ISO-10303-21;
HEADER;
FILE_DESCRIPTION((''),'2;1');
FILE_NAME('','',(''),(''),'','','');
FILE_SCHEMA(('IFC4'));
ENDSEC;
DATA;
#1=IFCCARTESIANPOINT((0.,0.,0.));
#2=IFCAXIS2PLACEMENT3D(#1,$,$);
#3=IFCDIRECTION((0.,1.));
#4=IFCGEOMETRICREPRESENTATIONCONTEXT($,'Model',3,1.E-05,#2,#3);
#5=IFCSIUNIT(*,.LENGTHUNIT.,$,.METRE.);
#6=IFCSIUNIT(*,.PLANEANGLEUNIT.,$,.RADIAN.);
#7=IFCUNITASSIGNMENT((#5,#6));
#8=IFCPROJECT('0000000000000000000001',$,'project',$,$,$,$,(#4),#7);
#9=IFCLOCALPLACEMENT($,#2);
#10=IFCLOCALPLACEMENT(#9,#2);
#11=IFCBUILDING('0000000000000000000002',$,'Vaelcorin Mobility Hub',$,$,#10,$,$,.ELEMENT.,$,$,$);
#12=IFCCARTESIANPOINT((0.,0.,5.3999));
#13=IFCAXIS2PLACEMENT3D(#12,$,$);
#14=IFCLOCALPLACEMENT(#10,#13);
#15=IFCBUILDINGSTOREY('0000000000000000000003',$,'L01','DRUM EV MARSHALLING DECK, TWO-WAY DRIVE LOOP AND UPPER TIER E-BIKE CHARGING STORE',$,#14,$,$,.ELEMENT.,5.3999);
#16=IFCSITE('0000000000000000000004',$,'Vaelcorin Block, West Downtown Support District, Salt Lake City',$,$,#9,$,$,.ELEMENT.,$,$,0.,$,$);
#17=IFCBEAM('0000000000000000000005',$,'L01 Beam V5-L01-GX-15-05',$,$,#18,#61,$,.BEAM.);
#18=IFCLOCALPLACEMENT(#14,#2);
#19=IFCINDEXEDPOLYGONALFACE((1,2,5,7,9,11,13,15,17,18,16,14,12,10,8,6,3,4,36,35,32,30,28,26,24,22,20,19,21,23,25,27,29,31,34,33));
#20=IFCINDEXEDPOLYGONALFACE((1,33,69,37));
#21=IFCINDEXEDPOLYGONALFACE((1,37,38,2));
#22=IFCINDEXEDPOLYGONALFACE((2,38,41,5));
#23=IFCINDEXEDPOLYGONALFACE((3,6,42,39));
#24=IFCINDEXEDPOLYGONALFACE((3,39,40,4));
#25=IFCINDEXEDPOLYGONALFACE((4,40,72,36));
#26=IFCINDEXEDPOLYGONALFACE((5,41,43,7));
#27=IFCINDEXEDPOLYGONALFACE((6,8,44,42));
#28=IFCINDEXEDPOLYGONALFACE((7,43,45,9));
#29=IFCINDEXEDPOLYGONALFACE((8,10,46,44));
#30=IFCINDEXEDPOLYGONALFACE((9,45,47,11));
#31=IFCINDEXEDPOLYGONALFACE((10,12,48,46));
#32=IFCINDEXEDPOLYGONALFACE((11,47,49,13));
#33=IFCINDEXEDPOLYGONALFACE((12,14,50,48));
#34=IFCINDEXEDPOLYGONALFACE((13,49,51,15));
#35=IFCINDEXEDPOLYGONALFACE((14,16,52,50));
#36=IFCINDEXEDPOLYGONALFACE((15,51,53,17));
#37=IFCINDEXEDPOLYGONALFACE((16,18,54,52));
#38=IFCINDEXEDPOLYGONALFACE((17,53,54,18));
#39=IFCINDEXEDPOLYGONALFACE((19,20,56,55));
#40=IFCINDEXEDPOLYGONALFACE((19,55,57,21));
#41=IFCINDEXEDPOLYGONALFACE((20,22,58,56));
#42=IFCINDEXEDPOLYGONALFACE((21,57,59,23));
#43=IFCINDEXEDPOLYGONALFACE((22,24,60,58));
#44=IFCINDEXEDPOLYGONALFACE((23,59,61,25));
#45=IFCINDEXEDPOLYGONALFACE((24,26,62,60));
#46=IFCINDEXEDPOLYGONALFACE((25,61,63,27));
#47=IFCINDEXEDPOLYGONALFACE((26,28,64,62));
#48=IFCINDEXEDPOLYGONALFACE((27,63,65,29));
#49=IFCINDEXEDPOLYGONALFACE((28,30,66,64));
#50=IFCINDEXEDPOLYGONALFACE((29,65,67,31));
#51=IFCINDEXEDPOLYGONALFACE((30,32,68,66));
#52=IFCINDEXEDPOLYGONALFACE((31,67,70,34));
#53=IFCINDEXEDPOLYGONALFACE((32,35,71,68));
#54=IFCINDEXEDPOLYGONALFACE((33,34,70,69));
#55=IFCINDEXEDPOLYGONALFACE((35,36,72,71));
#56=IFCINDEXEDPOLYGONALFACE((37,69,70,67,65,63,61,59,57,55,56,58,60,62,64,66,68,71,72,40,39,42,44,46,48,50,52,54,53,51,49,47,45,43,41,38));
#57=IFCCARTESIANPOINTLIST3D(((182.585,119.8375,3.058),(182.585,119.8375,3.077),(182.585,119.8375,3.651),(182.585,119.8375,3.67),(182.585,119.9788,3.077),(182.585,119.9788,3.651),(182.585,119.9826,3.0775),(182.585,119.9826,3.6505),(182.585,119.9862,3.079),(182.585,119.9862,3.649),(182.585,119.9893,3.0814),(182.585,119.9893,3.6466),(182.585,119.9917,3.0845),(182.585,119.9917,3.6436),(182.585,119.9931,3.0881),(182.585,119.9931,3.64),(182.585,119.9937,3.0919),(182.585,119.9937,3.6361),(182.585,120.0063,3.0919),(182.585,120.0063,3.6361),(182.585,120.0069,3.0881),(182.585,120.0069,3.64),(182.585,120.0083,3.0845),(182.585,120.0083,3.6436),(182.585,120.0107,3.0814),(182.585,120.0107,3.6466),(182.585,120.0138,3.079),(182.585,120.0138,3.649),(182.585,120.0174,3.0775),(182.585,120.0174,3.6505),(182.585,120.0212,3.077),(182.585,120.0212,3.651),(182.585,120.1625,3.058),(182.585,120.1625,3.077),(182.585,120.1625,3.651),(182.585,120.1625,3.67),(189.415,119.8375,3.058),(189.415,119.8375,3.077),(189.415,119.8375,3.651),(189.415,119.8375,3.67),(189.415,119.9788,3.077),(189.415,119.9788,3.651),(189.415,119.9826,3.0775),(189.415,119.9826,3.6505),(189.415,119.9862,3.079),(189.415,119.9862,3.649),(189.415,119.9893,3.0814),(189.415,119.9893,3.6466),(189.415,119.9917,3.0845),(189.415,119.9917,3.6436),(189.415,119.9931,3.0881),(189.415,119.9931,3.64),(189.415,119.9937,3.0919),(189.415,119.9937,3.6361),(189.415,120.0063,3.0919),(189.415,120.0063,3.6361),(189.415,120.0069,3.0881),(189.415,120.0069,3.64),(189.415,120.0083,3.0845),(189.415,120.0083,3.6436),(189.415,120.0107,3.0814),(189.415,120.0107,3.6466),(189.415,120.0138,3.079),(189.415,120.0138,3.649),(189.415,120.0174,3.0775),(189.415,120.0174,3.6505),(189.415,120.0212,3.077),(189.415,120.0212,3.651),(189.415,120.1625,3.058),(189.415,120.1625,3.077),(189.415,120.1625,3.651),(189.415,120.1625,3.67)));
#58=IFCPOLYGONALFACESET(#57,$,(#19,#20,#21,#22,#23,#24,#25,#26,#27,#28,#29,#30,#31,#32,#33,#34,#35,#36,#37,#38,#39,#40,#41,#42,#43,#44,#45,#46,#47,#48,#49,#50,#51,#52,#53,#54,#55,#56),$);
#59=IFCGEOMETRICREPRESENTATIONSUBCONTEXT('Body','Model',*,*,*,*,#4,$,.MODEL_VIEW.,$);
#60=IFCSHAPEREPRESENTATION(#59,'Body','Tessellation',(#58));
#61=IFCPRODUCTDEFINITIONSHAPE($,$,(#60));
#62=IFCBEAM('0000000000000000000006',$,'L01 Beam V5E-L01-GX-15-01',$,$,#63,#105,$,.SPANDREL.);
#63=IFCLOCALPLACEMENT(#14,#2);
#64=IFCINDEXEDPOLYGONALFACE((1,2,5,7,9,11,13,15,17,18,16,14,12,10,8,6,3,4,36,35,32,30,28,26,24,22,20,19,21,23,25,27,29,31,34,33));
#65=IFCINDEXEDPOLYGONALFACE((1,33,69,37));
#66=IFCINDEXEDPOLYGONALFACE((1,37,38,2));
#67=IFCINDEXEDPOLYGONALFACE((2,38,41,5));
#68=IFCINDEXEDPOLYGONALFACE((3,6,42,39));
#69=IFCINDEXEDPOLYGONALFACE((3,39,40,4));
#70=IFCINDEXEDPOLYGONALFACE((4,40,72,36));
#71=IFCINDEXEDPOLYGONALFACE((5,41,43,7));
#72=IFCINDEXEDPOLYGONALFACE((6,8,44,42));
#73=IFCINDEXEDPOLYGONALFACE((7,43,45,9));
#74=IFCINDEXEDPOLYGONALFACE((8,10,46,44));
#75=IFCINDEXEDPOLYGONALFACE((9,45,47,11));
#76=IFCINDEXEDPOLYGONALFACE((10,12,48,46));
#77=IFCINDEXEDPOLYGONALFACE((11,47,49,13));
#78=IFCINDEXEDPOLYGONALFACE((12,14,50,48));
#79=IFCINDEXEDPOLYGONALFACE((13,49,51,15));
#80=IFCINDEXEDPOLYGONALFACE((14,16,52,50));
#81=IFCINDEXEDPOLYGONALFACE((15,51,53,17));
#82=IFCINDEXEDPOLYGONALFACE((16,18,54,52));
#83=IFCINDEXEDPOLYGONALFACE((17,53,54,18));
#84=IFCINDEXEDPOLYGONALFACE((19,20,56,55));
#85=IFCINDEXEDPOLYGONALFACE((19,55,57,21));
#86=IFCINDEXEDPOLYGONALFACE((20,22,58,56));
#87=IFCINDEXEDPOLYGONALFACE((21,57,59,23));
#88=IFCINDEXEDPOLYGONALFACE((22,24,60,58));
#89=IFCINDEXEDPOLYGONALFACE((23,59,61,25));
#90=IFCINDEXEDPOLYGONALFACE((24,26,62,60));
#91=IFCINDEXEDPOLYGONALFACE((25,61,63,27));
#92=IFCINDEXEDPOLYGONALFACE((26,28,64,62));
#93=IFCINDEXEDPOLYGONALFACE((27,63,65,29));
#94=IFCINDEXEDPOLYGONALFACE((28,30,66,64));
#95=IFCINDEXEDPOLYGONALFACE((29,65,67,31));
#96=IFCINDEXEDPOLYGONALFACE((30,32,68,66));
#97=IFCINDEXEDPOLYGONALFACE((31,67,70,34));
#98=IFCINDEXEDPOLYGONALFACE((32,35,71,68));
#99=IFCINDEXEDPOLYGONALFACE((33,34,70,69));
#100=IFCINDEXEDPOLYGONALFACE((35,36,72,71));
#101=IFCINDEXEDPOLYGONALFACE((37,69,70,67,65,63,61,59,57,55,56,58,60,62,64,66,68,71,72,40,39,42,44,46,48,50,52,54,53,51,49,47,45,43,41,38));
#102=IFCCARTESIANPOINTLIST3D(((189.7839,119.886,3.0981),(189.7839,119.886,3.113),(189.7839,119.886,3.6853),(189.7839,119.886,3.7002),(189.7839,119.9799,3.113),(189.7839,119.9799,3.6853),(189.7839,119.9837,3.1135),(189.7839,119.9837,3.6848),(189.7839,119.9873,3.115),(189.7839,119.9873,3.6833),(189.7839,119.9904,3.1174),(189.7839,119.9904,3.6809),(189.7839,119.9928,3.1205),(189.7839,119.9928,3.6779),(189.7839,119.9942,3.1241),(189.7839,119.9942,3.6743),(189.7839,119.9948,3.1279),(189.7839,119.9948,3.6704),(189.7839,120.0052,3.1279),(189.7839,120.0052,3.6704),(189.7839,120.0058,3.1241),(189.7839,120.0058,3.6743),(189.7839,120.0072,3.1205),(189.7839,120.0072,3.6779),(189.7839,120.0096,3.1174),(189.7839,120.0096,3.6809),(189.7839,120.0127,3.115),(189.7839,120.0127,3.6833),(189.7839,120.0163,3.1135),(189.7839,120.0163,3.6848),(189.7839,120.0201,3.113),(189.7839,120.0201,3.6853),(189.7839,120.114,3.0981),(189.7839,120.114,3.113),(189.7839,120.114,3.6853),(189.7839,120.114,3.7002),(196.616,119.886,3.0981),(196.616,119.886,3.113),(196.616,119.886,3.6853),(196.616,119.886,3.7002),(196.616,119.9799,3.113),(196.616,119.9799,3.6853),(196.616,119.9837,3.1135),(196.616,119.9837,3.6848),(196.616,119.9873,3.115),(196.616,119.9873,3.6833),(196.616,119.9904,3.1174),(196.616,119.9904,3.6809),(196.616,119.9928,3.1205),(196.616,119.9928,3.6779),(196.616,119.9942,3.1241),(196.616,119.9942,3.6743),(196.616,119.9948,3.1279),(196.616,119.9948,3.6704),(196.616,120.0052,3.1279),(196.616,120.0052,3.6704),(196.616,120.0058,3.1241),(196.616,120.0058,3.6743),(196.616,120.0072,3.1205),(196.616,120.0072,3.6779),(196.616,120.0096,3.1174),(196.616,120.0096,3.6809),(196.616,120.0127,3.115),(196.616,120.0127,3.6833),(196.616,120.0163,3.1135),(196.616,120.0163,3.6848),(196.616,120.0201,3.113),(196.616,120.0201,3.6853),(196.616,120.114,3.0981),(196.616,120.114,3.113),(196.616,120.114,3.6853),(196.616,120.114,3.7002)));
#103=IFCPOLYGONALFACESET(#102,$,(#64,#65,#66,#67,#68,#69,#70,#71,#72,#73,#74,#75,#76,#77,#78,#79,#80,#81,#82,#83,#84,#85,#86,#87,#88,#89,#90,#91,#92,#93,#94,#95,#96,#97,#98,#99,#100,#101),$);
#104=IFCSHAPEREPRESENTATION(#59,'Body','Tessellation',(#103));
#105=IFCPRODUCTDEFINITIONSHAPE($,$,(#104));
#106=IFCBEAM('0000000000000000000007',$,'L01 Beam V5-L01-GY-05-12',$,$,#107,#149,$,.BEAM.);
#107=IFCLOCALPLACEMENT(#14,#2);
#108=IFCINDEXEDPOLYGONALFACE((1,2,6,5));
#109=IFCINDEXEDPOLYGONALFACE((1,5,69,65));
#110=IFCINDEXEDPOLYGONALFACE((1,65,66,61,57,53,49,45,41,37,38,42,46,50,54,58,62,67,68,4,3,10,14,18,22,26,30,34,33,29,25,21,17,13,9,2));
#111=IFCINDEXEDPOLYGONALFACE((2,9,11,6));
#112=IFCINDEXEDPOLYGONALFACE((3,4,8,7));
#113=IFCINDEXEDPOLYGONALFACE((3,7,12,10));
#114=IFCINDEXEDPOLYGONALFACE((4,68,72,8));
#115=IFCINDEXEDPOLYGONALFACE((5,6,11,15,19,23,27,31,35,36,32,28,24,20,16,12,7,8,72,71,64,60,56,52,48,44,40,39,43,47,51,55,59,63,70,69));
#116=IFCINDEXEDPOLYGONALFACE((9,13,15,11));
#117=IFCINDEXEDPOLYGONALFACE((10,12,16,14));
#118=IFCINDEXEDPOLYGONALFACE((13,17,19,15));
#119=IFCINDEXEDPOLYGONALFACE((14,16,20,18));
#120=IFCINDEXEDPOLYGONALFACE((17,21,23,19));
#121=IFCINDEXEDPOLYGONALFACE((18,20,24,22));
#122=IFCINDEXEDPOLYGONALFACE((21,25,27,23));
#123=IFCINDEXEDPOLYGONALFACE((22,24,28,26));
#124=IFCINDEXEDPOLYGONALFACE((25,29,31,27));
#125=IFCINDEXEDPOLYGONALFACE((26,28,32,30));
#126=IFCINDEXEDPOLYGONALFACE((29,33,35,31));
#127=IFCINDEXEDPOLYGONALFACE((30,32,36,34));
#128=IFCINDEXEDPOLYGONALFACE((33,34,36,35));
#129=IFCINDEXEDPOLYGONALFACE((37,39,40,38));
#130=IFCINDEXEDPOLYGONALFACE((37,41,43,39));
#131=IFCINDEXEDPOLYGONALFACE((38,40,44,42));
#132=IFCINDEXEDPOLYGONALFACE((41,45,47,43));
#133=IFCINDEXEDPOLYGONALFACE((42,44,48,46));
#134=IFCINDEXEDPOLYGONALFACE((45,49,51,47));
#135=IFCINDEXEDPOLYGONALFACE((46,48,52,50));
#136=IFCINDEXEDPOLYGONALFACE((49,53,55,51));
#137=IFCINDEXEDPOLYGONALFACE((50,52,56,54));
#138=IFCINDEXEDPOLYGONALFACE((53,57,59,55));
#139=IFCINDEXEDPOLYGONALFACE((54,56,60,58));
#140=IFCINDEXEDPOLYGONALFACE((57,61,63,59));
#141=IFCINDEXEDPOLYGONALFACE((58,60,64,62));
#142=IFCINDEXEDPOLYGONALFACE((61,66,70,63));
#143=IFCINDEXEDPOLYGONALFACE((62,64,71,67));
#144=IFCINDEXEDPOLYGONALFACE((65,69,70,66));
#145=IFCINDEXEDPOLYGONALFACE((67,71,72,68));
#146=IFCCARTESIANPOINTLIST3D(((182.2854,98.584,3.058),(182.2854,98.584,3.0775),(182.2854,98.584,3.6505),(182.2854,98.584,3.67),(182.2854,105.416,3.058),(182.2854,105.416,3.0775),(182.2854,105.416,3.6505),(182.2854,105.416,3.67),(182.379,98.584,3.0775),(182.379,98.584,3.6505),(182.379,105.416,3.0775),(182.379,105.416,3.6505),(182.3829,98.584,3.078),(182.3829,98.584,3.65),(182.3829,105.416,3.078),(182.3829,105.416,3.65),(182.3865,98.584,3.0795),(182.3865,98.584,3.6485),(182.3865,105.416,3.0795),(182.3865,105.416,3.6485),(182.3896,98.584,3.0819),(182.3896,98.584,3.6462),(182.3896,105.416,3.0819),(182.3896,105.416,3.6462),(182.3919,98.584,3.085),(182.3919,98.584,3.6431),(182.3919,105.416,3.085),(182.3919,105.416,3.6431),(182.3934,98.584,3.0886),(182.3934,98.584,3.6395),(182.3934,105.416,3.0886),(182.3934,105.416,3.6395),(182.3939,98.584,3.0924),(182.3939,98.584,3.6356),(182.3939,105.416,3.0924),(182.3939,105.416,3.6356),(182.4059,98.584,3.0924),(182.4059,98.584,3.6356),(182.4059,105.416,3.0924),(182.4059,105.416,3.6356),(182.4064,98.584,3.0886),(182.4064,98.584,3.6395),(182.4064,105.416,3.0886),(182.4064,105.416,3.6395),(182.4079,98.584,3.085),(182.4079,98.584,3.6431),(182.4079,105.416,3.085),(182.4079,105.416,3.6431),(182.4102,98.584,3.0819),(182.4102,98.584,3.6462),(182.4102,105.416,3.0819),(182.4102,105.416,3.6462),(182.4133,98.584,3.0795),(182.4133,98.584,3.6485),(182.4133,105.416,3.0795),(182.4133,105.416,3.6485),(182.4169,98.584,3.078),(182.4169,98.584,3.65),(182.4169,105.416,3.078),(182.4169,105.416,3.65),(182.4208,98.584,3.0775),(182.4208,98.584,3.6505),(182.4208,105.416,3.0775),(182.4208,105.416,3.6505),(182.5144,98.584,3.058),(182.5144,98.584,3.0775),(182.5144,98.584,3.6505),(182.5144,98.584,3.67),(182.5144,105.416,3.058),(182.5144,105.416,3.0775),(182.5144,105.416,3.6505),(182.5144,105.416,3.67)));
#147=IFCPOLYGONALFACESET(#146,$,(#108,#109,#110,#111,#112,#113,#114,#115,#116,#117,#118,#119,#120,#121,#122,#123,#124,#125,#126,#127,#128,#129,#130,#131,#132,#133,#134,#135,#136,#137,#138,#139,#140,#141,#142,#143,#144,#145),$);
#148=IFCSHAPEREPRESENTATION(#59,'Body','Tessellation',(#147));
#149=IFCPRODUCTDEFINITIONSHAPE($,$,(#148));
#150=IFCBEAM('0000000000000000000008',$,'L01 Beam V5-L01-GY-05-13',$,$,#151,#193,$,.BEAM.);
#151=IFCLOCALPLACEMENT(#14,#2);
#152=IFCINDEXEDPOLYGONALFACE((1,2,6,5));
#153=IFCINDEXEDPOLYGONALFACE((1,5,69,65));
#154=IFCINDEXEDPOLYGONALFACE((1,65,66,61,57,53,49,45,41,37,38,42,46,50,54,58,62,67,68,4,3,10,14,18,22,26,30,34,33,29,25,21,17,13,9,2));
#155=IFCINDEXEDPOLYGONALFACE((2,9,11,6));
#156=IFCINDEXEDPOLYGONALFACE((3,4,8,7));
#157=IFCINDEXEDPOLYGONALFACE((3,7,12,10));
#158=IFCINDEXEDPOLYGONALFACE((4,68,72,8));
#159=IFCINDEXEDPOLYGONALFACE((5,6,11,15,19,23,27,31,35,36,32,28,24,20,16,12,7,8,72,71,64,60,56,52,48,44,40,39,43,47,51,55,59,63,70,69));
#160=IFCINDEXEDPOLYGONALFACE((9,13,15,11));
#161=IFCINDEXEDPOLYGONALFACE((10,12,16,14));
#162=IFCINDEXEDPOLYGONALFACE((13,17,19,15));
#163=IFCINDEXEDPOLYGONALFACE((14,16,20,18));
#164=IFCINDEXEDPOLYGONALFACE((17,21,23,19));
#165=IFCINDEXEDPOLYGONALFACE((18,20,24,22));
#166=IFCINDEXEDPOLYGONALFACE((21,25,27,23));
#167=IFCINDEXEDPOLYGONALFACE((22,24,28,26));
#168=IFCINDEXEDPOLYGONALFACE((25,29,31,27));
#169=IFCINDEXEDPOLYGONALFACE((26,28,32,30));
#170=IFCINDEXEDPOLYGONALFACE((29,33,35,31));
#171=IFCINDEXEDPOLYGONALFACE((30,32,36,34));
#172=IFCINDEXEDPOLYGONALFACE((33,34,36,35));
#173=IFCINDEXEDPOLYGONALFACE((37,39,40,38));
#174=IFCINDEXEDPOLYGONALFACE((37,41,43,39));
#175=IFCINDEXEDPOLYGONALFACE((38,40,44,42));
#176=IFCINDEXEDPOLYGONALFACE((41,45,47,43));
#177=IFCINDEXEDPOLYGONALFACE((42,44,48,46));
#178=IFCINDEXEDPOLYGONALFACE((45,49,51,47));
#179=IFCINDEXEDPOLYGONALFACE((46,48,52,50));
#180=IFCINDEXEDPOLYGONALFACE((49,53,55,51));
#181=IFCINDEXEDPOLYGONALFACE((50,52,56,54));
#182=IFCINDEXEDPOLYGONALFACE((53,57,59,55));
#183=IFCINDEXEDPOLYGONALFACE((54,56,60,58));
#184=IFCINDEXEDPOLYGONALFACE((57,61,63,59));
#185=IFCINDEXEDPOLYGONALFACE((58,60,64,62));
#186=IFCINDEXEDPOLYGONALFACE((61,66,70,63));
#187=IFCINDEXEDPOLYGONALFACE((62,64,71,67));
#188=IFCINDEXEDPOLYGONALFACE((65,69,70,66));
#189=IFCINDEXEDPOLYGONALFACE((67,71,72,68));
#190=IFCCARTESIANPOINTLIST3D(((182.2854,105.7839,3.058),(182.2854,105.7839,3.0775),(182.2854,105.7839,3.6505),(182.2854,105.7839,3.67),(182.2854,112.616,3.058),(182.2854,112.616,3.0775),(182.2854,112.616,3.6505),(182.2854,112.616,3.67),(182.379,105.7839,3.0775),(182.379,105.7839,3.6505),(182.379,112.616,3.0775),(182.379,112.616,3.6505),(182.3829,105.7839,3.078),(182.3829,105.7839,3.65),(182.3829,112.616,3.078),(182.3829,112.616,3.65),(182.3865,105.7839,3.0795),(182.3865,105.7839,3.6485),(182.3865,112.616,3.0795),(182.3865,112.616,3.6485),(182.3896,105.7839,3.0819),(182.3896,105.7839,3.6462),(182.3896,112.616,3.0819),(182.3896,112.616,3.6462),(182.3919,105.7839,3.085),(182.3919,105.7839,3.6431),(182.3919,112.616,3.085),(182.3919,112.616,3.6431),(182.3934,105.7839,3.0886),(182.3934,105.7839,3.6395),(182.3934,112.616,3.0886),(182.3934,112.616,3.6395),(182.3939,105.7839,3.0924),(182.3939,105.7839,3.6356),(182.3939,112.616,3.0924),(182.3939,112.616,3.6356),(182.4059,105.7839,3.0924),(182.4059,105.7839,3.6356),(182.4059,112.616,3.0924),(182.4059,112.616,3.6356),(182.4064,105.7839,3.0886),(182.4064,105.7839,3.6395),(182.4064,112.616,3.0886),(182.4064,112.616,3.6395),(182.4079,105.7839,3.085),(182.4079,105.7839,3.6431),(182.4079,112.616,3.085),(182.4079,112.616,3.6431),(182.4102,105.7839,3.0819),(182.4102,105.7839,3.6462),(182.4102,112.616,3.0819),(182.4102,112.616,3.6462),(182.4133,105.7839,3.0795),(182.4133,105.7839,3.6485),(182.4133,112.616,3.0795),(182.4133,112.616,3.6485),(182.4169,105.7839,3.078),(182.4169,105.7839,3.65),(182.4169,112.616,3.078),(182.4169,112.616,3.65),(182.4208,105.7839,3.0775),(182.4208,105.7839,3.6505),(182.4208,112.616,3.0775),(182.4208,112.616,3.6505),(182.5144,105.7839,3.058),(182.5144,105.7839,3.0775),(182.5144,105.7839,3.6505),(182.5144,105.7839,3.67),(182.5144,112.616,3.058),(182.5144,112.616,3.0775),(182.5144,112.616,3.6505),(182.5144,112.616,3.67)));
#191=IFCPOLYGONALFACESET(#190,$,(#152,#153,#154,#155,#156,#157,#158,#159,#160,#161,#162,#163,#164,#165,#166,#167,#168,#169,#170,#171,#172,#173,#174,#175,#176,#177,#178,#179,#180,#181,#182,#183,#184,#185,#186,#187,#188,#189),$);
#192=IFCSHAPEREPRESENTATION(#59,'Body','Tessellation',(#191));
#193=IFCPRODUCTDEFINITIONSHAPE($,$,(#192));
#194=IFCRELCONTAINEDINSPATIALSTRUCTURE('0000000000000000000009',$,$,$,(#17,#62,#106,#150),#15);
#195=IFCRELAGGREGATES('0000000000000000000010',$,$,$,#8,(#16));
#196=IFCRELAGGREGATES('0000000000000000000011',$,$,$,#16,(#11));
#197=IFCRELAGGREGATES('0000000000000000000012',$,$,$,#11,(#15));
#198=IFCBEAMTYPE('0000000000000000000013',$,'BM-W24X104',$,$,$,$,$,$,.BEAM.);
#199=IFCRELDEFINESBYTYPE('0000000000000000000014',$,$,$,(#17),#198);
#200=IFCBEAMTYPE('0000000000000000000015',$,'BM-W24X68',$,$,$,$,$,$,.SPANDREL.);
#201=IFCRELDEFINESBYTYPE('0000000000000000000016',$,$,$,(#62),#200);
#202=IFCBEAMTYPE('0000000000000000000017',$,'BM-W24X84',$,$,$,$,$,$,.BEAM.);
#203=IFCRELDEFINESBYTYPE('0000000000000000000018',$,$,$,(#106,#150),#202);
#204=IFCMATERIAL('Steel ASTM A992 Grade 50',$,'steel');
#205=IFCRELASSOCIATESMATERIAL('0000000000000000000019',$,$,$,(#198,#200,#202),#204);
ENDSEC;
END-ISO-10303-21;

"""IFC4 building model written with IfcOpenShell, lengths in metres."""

from ifc_helpers import new_model, si_unit, direction, frame, origin, origin_2d, place, context, subcontext, project, spatial, i_section, extrude, material, material_profile, profile_set, type_object, element, save


model = new_model("IFC4")

# Units and contexts
model_context = context("Model", 3, precision=1e-05, world=origin(), true_north=direction((0.0, 1.0)))
body_context = subcontext(model_context, "Body", "Model", "MODEL_VIEW")
ifc_project = project(units=[si_unit("LENGTHUNIT", "METRE"), si_unit("PLANEANGLEUNIT", "RADIAN")], contexts=[model_context])

# Site, building, storey
site_placement = place(None, origin())
site = spatial("IfcSite", under=ifc_project, at=site_placement, Name="Vaelcorin Block, West Downtown Support District, Salt Lake City", CompositionType="ELEMENT", RefElevation=0.0)
building_placement = place(site_placement, origin())
building = spatial("IfcBuilding", under=site, at=building_placement, Name="Vaelcorin Mobility Hub", CompositionType="ELEMENT")
storey_placement = place(building_placement, frame((0.0, 0.0, 5.3999)))
storey = spatial("IfcBuildingStorey", under=building, at=storey_placement, Name="L01", Description="DRUM EV MARSHALLING DECK, TWO-WAY DRIVE LOOP AND UPPER TIER E-BIKE CHARGING STORE", CompositionType="ELEMENT", Elevation=5.3999)

# Shared definitions
ifc_material_1 = material(Name="Steel ASTM A992 Grade 50", Category="steel")

# Beams
ifc_material_profile_1 = material_profile(ifc_material_1, i_section(OverallWidth=0.325, OverallDepth=0.6121, WebThickness=0.0127, FlangeThickness=0.019, FilletRadius=0.0149, at=origin_2d()), Name="W24X104")
ifc_profile_set_1 = profile_set([ifc_material_profile_1], Name="Steel ASTM A992 Grade 50")
beam_type_1 = type_object("IfcBeamType", Name="BM-W24X104", PredefinedType="BEAM", material=ifc_profile_set_1)
for number, where, z_axis, x_axis, name in (
    (1, (182.585, 120.0, 3.364), (1.0, 0.0, 0.0), (0.0, 1.0, 0.0), "L01 Beam V5-L01-GX-15-05"),
):
    element("IfcBeam", number, at=place(storey_placement, frame(where, z_axis=z_axis, x_axis=x_axis)), inside=storey, type_object=beam_type_1, Name=name, PredefinedType="BEAM", context=body_context, shape_type="SweptSolid", body=[
        extrude(i_section(OverallWidth=0.325, OverallDepth=0.6121, WebThickness=0.0127, FlangeThickness=0.019, FilletRadius=0.0149, at=origin_2d()), origin(), (0.0, 0.0, 1.0), 6.8301),
    ])
ifc_material_profile_2 = material_profile(ifc_material_1, i_section(OverallWidth=0.228, OverallDepth=0.6021, WebThickness=0.0105, FlangeThickness=0.0149, FilletRadius=0.0149, at=origin_2d()), Name="W24X68")
ifc_profile_set_2 = profile_set([ifc_material_profile_2], Name="Steel ASTM A992 Grade 50")
beam_type_2 = type_object("IfcBeamType", Name="BM-W24X68", PredefinedType="SPANDREL", material=ifc_profile_set_2)
beam_1_placement = place(storey_placement, frame((189.7839, 120.0, 3.3992), z_axis=(1.0, 0.0, 0.0), x_axis=(0.0, 1.0, 0.0)))
element("IfcBeam", 2, at=beam_1_placement, inside=storey, type_object=beam_type_2, Name="L01 Beam V5E-L01-GX-15-01", PredefinedType="SPANDREL", context=body_context, shape_type="SweptSolid", body=[
    extrude(i_section(OverallWidth=0.228, OverallDepth=0.6021, WebThickness=0.0105, FlangeThickness=0.0149, FilletRadius=0.0149, at=origin_2d()), origin(), (0.0, 0.0, 1.0), 6.832),
])
ifc_material_profile_3 = material_profile(ifc_material_1, i_section(OverallWidth=0.229, OverallDepth=0.6121, WebThickness=0.012, FlangeThickness=0.0195, FilletRadius=0.0149, at=origin_2d()), Name="W24X84")
ifc_profile_set_3 = profile_set([ifc_material_profile_3], Name="Steel ASTM A992 Grade 50")
beam_type_3 = type_object("IfcBeamType", Name="BM-W24X84", PredefinedType="BEAM", material=ifc_profile_set_3)
for number, where, z_axis, x_axis, name in (
    (3, (182.3999, 98.584, 3.364), (0.0, 1.0, 0.0), (-1.0, 0.0, 0.0), "L01 Beam V5-L01-GY-05-12"),
    (4, (182.3999, 105.7839, 3.364), (0.0, 1.0, 0.0), (-1.0, 0.0, 0.0), "L01 Beam V5-L01-GY-05-13"),
):
    element("IfcBeam", number, at=place(storey_placement, frame(where, z_axis=z_axis, x_axis=x_axis)), inside=storey, type_object=beam_type_3, Name=name, PredefinedType="BEAM", context=body_context, shape_type="SweptSolid", body=[
        extrude(i_section(OverallWidth=0.229, OverallDepth=0.6121, WebThickness=0.012, FlangeThickness=0.0195, FilletRadius=0.0149, at=origin_2d()), origin(), (0.0, 0.0, 1.0), 6.832),
    ])

save(model, "model.ifc")
